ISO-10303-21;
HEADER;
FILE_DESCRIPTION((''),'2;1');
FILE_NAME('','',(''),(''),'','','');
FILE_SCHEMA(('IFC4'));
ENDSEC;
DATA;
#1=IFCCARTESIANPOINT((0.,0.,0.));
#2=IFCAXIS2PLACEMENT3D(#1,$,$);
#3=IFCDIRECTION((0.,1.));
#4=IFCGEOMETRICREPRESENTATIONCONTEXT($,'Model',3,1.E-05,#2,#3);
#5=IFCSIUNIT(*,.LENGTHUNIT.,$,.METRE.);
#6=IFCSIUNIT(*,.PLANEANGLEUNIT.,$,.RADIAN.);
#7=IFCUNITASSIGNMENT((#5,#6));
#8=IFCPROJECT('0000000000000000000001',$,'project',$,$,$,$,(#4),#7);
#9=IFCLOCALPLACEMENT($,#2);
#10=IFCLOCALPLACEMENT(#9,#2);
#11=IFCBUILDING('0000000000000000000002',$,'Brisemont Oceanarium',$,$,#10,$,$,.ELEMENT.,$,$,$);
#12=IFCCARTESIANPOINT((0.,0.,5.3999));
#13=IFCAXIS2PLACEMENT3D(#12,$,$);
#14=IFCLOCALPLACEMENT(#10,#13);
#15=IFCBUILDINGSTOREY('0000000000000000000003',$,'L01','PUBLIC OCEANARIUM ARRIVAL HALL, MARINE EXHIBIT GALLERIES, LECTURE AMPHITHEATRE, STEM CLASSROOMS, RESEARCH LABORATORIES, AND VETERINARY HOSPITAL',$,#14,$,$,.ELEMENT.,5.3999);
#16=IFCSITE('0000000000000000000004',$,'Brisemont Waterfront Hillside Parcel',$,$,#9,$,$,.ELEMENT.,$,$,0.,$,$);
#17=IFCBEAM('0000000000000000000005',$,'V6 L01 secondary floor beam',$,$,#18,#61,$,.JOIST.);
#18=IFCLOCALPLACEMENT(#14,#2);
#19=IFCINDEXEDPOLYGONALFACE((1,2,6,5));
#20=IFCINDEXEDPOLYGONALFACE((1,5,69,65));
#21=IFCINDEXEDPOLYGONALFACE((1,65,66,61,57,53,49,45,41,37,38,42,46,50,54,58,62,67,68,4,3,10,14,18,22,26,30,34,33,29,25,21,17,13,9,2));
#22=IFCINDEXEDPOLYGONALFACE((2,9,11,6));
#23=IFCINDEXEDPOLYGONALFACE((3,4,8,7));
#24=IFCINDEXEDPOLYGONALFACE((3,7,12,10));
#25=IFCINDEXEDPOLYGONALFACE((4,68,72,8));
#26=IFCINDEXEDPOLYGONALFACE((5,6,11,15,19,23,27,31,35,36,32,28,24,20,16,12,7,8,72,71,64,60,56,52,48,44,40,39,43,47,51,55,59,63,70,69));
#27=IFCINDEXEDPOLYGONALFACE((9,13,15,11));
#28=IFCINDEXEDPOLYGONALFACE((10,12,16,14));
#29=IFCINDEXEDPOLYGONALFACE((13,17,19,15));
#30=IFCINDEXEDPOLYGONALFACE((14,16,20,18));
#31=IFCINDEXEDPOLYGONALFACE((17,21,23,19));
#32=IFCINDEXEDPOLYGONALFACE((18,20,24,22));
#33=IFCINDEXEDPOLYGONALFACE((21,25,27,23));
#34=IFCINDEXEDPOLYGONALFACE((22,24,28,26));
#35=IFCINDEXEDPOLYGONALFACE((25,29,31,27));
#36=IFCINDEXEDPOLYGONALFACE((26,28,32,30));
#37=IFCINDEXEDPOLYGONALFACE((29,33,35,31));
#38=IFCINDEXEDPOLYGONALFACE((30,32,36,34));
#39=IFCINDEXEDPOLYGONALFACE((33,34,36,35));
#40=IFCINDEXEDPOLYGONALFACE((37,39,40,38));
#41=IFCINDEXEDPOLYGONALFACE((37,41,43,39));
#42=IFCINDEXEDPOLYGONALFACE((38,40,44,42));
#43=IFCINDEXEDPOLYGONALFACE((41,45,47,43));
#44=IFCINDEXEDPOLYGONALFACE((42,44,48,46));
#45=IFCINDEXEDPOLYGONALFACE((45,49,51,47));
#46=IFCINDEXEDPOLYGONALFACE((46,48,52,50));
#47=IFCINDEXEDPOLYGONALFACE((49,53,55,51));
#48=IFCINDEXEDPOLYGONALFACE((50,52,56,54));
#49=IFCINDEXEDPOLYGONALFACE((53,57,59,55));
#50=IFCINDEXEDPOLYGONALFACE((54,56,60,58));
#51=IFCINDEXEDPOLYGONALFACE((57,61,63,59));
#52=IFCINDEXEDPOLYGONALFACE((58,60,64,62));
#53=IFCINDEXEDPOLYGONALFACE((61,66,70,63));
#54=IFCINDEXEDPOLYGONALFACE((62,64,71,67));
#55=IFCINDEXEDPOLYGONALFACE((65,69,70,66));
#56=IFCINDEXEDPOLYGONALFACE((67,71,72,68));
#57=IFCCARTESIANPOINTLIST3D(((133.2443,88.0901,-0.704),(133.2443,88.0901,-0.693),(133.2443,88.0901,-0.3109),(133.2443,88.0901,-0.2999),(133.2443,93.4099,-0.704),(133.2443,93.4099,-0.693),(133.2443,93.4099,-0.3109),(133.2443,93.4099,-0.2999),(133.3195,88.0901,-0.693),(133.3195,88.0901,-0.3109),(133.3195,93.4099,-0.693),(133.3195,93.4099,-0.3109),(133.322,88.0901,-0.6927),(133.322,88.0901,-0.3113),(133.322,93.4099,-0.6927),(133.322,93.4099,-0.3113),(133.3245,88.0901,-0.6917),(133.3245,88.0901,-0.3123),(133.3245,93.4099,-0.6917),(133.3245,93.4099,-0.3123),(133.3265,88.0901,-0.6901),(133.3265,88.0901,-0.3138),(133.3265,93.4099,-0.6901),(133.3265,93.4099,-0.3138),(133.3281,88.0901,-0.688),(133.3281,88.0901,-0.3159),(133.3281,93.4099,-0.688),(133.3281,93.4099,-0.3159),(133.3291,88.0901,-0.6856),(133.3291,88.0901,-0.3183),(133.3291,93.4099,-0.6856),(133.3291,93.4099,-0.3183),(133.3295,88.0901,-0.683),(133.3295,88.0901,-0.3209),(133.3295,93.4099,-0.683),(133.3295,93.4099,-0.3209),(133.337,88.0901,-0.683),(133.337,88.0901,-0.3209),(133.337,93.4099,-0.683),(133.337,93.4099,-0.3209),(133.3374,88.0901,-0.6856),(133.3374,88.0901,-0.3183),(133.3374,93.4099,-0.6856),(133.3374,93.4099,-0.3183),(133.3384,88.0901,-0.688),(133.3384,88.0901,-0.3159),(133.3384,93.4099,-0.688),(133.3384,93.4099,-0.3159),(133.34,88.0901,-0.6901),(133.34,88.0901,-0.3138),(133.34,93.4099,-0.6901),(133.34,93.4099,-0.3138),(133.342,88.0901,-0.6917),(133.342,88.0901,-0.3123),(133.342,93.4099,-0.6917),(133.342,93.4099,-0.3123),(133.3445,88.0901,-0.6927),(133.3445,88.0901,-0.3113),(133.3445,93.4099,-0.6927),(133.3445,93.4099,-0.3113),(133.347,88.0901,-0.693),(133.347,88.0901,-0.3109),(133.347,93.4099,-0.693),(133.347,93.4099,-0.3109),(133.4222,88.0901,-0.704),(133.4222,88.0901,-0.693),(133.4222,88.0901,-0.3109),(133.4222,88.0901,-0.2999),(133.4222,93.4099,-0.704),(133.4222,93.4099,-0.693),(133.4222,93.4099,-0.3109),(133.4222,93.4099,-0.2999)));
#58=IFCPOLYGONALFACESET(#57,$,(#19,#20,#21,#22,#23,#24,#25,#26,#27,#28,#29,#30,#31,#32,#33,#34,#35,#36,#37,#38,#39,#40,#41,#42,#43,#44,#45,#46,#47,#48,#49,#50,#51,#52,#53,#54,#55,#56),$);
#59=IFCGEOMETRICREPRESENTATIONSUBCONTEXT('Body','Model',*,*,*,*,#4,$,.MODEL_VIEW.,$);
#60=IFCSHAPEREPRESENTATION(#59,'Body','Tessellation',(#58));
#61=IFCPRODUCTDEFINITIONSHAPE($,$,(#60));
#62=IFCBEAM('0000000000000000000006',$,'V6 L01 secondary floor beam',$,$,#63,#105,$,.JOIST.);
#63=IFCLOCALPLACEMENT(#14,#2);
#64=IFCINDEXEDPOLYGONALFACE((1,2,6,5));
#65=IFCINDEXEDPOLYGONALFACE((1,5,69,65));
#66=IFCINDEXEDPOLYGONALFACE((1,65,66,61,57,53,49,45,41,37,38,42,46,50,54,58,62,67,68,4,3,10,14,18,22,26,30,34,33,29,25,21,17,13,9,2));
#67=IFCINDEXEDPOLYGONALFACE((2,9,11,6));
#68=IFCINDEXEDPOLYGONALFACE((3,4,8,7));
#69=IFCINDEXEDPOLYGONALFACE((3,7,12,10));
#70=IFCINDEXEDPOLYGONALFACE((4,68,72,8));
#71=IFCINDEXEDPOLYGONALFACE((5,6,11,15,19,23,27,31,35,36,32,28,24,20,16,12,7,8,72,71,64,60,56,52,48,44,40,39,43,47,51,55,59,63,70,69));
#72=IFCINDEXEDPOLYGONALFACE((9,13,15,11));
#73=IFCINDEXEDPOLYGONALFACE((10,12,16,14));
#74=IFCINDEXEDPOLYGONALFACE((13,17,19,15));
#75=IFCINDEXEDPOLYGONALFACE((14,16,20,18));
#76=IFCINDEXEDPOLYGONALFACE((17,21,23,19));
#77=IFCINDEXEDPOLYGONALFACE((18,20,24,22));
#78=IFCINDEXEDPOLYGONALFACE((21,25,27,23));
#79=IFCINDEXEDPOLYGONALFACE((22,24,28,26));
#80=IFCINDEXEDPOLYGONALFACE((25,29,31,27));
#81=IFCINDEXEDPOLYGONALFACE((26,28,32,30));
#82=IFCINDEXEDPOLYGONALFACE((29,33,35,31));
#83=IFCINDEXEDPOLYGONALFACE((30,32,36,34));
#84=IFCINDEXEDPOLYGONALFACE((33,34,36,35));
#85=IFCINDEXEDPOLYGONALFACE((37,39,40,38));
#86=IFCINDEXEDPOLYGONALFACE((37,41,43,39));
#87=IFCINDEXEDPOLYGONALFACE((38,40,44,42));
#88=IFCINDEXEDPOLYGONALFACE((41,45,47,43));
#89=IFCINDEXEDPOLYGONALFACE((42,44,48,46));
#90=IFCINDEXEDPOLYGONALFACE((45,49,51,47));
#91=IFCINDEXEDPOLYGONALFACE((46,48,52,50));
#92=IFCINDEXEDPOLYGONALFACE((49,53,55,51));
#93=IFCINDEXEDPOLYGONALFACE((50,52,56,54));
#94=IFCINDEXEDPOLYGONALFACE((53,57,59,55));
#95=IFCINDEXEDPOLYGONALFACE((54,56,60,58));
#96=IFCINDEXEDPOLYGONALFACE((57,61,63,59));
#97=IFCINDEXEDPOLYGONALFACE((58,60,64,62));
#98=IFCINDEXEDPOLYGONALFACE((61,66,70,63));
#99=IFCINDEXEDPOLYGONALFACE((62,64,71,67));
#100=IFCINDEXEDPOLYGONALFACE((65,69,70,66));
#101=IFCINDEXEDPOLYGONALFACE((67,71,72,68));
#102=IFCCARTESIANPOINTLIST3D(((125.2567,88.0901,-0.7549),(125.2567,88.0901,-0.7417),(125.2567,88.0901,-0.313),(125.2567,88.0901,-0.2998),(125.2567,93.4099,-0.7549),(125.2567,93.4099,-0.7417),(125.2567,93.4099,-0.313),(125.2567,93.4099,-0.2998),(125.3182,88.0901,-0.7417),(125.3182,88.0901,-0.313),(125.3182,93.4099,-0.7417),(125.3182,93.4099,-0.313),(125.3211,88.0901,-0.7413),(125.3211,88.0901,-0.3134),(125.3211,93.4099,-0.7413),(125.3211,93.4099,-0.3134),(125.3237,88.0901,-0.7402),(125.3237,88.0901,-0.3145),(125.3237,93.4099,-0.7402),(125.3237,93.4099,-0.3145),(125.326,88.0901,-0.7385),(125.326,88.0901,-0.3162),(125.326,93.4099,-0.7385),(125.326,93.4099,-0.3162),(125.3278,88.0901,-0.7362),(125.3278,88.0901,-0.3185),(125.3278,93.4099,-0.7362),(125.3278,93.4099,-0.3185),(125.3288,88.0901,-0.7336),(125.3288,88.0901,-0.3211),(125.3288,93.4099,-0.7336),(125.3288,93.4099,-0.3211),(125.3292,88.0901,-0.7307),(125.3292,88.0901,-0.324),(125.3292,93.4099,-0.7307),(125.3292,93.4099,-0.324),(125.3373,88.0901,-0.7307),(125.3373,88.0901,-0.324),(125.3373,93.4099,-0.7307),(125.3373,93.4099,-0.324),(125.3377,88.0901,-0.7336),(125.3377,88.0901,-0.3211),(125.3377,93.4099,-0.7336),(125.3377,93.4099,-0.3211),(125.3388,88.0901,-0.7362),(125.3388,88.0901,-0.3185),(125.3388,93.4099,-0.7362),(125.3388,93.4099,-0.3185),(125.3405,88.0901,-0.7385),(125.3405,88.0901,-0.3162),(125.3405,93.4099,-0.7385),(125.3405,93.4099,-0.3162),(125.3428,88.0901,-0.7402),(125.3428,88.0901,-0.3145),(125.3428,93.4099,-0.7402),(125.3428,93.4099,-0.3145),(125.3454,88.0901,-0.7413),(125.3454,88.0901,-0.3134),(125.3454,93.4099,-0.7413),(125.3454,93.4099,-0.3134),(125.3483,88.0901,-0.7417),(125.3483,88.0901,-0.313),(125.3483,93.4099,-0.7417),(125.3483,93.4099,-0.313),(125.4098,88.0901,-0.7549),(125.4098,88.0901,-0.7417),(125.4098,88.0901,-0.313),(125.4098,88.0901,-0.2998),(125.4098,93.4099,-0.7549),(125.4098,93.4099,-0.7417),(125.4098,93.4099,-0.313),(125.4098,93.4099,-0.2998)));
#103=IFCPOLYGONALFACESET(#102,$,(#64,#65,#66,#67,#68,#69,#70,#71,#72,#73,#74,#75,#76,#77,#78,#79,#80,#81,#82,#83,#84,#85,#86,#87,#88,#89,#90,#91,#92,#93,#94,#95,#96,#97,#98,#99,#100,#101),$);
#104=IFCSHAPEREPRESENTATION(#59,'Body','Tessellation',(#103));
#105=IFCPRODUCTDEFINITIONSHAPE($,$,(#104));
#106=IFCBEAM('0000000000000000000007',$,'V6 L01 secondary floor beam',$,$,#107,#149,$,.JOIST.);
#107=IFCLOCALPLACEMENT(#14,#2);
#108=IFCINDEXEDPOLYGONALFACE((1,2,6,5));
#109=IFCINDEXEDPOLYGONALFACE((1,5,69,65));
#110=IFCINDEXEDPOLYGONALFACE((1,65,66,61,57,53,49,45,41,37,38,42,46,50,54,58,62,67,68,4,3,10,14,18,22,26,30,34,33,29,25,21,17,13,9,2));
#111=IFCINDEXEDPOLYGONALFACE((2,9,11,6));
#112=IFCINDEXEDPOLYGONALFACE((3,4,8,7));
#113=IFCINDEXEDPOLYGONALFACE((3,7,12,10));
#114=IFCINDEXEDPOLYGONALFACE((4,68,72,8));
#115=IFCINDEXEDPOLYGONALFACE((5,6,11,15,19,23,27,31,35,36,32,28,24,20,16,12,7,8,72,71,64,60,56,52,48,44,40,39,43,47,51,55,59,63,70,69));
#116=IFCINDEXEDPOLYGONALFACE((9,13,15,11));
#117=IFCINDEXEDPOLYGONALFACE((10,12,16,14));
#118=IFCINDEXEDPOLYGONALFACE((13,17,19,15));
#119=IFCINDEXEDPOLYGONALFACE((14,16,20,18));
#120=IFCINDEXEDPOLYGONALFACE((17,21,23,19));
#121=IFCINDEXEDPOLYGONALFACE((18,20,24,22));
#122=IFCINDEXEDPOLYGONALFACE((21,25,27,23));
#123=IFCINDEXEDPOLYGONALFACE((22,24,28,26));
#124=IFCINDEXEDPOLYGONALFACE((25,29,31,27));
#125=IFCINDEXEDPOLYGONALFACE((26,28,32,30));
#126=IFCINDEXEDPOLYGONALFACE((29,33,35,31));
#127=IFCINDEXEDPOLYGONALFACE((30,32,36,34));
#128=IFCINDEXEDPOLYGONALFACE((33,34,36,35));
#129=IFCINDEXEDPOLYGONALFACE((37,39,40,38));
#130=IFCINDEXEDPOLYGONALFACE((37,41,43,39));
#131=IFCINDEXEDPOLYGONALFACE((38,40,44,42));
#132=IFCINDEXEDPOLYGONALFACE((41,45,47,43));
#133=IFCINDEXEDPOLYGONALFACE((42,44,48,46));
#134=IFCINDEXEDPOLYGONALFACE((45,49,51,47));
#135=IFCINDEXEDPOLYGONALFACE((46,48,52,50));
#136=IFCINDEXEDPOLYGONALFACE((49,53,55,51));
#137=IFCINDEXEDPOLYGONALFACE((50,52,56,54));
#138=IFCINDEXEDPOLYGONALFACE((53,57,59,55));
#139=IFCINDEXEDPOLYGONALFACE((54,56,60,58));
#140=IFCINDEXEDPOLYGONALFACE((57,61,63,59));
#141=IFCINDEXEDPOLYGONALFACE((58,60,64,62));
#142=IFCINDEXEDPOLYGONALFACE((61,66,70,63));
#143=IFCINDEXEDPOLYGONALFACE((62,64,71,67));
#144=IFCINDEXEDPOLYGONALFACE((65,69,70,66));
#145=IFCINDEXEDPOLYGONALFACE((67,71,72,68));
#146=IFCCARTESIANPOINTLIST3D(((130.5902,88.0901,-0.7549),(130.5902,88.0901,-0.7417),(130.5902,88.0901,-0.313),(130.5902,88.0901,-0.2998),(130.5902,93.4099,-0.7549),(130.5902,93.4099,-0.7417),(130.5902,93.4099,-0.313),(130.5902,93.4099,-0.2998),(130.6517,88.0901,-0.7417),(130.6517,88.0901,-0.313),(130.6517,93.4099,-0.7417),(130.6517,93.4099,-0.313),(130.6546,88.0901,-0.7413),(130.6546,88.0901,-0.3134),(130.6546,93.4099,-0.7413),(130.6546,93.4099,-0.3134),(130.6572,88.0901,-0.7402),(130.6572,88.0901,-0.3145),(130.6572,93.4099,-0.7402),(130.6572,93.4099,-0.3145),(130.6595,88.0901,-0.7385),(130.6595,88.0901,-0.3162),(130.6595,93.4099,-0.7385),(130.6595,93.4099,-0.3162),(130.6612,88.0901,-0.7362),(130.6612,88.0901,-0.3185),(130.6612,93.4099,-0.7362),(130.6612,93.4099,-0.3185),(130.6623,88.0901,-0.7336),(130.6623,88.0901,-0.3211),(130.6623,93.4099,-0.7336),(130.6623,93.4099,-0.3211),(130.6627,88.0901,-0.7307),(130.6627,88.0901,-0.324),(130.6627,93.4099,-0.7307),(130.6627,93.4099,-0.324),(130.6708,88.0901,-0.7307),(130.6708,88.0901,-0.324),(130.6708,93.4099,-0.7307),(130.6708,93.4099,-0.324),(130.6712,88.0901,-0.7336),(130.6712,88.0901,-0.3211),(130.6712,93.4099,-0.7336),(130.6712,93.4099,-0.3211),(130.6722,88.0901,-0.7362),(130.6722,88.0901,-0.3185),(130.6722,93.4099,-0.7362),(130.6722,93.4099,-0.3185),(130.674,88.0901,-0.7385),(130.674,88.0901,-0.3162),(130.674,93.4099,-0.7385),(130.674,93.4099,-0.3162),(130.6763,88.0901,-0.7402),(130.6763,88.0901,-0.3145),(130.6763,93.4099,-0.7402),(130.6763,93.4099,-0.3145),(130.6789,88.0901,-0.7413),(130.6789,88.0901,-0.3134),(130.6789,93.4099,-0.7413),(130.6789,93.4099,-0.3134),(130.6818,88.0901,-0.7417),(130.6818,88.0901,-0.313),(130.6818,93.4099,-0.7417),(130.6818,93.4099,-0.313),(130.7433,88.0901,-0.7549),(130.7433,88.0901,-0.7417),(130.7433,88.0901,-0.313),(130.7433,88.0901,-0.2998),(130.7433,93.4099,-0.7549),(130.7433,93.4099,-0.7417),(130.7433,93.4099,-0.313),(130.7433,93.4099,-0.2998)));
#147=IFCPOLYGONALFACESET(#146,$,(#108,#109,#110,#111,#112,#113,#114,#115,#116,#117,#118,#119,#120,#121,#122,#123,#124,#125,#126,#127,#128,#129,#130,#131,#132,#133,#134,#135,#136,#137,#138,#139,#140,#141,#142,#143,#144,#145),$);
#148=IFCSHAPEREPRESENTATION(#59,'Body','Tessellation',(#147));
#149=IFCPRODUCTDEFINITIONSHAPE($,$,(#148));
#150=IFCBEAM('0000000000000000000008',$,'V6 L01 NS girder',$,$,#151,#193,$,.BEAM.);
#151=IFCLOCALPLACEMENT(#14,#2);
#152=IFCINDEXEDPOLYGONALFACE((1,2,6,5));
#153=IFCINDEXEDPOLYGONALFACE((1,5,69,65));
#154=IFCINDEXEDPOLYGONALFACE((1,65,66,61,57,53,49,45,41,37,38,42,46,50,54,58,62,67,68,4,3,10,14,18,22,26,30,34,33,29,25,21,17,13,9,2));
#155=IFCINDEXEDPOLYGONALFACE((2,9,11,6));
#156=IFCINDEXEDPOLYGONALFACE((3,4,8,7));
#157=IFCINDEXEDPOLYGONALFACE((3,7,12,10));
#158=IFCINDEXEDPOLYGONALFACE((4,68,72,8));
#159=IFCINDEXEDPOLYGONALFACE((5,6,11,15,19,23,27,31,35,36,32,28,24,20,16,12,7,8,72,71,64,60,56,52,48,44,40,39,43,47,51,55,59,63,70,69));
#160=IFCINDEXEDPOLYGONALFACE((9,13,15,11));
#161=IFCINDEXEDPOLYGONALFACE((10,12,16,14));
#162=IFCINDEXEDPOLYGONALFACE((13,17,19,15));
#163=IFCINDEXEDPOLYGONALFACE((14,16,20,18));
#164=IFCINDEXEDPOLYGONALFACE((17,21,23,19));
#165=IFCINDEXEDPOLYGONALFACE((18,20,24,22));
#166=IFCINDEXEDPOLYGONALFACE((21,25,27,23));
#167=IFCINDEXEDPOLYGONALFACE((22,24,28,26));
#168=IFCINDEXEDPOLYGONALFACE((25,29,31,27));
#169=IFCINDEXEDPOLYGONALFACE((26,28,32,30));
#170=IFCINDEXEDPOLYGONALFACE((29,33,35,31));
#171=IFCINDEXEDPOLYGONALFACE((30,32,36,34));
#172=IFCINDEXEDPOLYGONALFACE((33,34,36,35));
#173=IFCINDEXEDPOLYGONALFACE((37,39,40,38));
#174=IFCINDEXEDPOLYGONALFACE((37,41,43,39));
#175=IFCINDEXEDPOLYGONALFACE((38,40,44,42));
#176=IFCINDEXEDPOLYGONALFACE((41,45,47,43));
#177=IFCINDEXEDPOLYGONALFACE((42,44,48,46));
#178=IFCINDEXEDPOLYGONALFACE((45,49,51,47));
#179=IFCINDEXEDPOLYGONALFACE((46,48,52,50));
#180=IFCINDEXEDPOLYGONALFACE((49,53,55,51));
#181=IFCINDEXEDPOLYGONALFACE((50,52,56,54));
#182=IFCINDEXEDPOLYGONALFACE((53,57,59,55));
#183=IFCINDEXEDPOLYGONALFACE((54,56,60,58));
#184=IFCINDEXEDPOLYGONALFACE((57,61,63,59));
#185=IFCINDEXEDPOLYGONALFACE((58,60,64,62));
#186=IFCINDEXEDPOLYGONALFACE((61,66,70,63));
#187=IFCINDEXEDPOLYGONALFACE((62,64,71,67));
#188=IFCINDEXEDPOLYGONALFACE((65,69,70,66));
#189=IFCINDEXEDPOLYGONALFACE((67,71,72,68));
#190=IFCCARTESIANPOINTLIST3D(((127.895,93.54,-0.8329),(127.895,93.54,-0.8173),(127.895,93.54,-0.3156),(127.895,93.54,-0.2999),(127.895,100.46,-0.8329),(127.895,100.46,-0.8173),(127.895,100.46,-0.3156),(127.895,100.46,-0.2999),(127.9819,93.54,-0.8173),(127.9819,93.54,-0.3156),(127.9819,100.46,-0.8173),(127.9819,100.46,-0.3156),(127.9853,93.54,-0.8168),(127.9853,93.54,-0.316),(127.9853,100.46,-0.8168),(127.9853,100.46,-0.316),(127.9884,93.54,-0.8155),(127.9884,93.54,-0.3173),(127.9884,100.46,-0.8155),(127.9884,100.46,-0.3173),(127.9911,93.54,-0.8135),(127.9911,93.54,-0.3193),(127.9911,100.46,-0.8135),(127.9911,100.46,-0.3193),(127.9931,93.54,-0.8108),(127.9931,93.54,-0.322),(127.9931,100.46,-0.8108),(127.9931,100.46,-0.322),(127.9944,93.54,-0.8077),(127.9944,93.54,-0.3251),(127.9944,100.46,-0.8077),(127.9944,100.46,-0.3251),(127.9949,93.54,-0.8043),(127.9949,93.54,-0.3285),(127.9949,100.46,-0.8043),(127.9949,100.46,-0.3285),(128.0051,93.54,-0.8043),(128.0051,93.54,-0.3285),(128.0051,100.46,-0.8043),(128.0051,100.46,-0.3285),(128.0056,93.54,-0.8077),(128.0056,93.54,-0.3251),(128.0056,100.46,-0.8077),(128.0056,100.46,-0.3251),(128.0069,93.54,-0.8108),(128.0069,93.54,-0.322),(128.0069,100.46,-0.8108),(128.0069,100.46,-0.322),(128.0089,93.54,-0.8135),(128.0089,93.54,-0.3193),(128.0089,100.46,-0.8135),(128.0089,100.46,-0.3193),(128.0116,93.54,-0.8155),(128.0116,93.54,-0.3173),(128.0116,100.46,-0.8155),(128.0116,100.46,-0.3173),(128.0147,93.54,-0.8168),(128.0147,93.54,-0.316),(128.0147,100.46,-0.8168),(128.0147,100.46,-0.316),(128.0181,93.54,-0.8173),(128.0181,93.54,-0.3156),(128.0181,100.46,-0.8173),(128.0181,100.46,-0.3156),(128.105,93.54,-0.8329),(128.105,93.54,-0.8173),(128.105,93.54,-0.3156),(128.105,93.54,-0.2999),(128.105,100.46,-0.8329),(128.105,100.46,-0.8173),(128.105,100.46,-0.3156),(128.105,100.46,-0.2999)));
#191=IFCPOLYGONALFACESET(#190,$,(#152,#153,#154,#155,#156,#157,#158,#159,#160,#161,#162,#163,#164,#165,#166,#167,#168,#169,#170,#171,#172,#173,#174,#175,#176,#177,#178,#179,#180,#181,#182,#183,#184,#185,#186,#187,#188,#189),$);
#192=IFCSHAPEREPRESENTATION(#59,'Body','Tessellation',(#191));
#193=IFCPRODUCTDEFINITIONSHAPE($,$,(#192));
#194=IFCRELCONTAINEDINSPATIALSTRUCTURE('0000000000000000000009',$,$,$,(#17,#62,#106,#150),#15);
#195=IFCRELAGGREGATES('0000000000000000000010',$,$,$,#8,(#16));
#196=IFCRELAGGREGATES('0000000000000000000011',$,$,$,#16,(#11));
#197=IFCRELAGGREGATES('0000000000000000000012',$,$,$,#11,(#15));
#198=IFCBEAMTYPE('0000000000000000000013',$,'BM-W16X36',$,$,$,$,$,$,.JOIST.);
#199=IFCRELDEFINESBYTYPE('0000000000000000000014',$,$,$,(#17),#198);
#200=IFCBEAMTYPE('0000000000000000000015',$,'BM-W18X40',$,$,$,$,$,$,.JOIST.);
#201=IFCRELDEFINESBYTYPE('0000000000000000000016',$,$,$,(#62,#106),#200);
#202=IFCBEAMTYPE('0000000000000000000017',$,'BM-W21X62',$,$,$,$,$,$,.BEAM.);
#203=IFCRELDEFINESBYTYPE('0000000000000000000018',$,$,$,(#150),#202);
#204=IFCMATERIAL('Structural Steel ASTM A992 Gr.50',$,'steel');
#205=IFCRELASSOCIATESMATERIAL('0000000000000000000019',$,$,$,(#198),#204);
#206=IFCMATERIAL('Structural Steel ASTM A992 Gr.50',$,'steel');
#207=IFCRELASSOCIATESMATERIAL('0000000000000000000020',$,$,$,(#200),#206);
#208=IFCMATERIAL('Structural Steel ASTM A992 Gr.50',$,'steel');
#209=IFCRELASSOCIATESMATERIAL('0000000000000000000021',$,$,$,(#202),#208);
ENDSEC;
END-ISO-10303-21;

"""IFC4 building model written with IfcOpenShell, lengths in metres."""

from ifc_helpers import new_model, si_unit, direction, frame, origin, origin_2d, place, context, subcontext, project, spatial, i_section, extrude, material, material_profile, profile_set, type_object, element, save


model = new_model("IFC4")

# Units and contexts
model_context = context("Model", 3, precision=1e-05, world=origin(), true_north=direction((0.0, 1.0)))
body_context = subcontext(model_context, "Body", "Model", "MODEL_VIEW")
ifc_project = project(units=[si_unit("LENGTHUNIT", "METRE"), si_unit("PLANEANGLEUNIT", "RADIAN")], contexts=[model_context])

# Site, building, storey
site_placement = place(None, origin())
site = spatial("IfcSite", under=ifc_project, at=site_placement, Name="Brisemont Waterfront Hillside Parcel", CompositionType="ELEMENT", RefElevation=0.0)
building_placement = place(site_placement, origin())
building = spatial("IfcBuilding", under=site, at=building_placement, Name="Brisemont Oceanarium", CompositionType="ELEMENT")
storey_placement = place(building_placement, frame((0.0, 0.0, 5.3999)))
storey = spatial("IfcBuildingStorey", under=building, at=storey_placement, Name="L01", Description="PUBLIC OCEANARIUM ARRIVAL HALL, MARINE EXHIBIT GALLERIES, LECTURE AMPHITHEATRE, STEM CLASSROOMS, RESEARCH LABORATORIES, AND VETERINARY HOSPITAL", CompositionType="ELEMENT", Elevation=5.3999)

# Beams
ifc_material_1 = material(Name="Structural Steel ASTM A992 Gr.50", Category="steel")
ifc_material_profile_1 = material_profile(ifc_material_1, i_section(OverallWidth=0.178, OverallDepth=0.4041, WebThickness=0.0076, FlangeThickness=0.011, FilletRadius=0.01, at=origin_2d()), Name="W16X36")
ifc_profile_set_1 = profile_set([ifc_material_profile_1], Name="Structural Steel ASTM A992 Gr.50")
beam_type_1 = type_object("IfcBeamType", Name="BM-W16X36", PredefinedType="JOIST", material=ifc_profile_set_1)
beam_1_placement = place(storey_placement, frame((133.3333, 88.0901, -0.502), z_axis=(0.0, 1.0, 0.0), x_axis=(-1.0, 0.0, 0.0)))
element("IfcBeam", 1, at=beam_1_placement, inside=storey, type_object=beam_type_1, Name="V6 L01 secondary floor beam", PredefinedType="JOIST", context=body_context, shape_type="SweptSolid", body=[
    extrude(i_section(OverallWidth=0.178, OverallDepth=0.4041, WebThickness=0.0076, FlangeThickness=0.011, FilletRadius=0.01, at=origin_2d()), origin(), (0.0, 0.0, 1.0), 5.3198),
])
ifc_material_2 = material(Name="Structural Steel ASTM A992 Gr.50", Category="steel")
ifc_material_profile_2 = material_profile(ifc_material_2, i_section(OverallWidth=0.1531, OverallDepth=0.4551, WebThickness=0.0081, FlangeThickness=0.0132, FilletRadius=0.011, at=origin_2d()), Name="W18X40")
ifc_profile_set_2 = profile_set([ifc_material_profile_2], Name="Structural Steel ASTM A992 Gr.50")
beam_type_2 = type_object("IfcBeamType", Name="BM-W18X40", PredefinedType="JOIST", material=ifc_profile_set_2)
for number, where, z_axis, x_axis, name in (
    (2, (125.3333, 88.0901, -0.5273), (0.0, 1.0, 0.0), (-1.0, 0.0, 0.0), "V6 L01 secondary floor beam"),
    (3, (130.6667, 88.0901, -0.5273), (0.0, 1.0, 0.0), (-1.0, 0.0, 0.0), "V6 L01 secondary floor beam"),
):
    element("IfcBeam", number, at=place(storey_placement, frame(where, z_axis=z_axis, x_axis=x_axis)), inside=storey, type_object=beam_type_2, Name=name, PredefinedType="JOIST", context=body_context, shape_type="SweptSolid", body=[
        extrude(i_section(OverallWidth=0.1531, OverallDepth=0.4551, WebThickness=0.0081, FlangeThickness=0.0132, FilletRadius=0.011, at=origin_2d()), origin(), (0.0, 0.0, 1.0), 5.3198),
    ])
ifc_material_3 = material(Name="Structural Steel ASTM A992 Gr.50", Category="steel")
ifc_material_profile_3 = material_profile(ifc_material_3, i_section(OverallWidth=0.21, OverallDepth=0.533, WebThickness=0.0103, FlangeThickness=0.0156, FilletRadius=0.0129, at=origin_2d()), Name="W21X62")
ifc_profile_set_3 = profile_set([ifc_material_profile_3], Name="Structural Steel ASTM A992 Gr.50")
beam_type_3 = type_object("IfcBeamType", Name="BM-W21X62", PredefinedType="BEAM", material=ifc_profile_set_3)
beam_2_placement = place(storey_placement, frame((128.0, 93.54, -0.5664), z_axis=(0.0, 1.0, 0.0), x_axis=(-1.0, 0.0, 0.0)))
element("IfcBeam", 4, at=beam_2_placement, inside=storey, type_object=beam_type_3, Name="V6 L01 NS girder", PredefinedType="BEAM", context=body_context, shape_type="SweptSolid", body=[
    extrude(i_section(OverallWidth=0.21, OverallDepth=0.533, WebThickness=0.0103, FlangeThickness=0.0156, FilletRadius=0.0129, at=origin_2d()), origin(), (0.0, 0.0, 1.0), 6.9199),
])

save(model, "model.ifc")
